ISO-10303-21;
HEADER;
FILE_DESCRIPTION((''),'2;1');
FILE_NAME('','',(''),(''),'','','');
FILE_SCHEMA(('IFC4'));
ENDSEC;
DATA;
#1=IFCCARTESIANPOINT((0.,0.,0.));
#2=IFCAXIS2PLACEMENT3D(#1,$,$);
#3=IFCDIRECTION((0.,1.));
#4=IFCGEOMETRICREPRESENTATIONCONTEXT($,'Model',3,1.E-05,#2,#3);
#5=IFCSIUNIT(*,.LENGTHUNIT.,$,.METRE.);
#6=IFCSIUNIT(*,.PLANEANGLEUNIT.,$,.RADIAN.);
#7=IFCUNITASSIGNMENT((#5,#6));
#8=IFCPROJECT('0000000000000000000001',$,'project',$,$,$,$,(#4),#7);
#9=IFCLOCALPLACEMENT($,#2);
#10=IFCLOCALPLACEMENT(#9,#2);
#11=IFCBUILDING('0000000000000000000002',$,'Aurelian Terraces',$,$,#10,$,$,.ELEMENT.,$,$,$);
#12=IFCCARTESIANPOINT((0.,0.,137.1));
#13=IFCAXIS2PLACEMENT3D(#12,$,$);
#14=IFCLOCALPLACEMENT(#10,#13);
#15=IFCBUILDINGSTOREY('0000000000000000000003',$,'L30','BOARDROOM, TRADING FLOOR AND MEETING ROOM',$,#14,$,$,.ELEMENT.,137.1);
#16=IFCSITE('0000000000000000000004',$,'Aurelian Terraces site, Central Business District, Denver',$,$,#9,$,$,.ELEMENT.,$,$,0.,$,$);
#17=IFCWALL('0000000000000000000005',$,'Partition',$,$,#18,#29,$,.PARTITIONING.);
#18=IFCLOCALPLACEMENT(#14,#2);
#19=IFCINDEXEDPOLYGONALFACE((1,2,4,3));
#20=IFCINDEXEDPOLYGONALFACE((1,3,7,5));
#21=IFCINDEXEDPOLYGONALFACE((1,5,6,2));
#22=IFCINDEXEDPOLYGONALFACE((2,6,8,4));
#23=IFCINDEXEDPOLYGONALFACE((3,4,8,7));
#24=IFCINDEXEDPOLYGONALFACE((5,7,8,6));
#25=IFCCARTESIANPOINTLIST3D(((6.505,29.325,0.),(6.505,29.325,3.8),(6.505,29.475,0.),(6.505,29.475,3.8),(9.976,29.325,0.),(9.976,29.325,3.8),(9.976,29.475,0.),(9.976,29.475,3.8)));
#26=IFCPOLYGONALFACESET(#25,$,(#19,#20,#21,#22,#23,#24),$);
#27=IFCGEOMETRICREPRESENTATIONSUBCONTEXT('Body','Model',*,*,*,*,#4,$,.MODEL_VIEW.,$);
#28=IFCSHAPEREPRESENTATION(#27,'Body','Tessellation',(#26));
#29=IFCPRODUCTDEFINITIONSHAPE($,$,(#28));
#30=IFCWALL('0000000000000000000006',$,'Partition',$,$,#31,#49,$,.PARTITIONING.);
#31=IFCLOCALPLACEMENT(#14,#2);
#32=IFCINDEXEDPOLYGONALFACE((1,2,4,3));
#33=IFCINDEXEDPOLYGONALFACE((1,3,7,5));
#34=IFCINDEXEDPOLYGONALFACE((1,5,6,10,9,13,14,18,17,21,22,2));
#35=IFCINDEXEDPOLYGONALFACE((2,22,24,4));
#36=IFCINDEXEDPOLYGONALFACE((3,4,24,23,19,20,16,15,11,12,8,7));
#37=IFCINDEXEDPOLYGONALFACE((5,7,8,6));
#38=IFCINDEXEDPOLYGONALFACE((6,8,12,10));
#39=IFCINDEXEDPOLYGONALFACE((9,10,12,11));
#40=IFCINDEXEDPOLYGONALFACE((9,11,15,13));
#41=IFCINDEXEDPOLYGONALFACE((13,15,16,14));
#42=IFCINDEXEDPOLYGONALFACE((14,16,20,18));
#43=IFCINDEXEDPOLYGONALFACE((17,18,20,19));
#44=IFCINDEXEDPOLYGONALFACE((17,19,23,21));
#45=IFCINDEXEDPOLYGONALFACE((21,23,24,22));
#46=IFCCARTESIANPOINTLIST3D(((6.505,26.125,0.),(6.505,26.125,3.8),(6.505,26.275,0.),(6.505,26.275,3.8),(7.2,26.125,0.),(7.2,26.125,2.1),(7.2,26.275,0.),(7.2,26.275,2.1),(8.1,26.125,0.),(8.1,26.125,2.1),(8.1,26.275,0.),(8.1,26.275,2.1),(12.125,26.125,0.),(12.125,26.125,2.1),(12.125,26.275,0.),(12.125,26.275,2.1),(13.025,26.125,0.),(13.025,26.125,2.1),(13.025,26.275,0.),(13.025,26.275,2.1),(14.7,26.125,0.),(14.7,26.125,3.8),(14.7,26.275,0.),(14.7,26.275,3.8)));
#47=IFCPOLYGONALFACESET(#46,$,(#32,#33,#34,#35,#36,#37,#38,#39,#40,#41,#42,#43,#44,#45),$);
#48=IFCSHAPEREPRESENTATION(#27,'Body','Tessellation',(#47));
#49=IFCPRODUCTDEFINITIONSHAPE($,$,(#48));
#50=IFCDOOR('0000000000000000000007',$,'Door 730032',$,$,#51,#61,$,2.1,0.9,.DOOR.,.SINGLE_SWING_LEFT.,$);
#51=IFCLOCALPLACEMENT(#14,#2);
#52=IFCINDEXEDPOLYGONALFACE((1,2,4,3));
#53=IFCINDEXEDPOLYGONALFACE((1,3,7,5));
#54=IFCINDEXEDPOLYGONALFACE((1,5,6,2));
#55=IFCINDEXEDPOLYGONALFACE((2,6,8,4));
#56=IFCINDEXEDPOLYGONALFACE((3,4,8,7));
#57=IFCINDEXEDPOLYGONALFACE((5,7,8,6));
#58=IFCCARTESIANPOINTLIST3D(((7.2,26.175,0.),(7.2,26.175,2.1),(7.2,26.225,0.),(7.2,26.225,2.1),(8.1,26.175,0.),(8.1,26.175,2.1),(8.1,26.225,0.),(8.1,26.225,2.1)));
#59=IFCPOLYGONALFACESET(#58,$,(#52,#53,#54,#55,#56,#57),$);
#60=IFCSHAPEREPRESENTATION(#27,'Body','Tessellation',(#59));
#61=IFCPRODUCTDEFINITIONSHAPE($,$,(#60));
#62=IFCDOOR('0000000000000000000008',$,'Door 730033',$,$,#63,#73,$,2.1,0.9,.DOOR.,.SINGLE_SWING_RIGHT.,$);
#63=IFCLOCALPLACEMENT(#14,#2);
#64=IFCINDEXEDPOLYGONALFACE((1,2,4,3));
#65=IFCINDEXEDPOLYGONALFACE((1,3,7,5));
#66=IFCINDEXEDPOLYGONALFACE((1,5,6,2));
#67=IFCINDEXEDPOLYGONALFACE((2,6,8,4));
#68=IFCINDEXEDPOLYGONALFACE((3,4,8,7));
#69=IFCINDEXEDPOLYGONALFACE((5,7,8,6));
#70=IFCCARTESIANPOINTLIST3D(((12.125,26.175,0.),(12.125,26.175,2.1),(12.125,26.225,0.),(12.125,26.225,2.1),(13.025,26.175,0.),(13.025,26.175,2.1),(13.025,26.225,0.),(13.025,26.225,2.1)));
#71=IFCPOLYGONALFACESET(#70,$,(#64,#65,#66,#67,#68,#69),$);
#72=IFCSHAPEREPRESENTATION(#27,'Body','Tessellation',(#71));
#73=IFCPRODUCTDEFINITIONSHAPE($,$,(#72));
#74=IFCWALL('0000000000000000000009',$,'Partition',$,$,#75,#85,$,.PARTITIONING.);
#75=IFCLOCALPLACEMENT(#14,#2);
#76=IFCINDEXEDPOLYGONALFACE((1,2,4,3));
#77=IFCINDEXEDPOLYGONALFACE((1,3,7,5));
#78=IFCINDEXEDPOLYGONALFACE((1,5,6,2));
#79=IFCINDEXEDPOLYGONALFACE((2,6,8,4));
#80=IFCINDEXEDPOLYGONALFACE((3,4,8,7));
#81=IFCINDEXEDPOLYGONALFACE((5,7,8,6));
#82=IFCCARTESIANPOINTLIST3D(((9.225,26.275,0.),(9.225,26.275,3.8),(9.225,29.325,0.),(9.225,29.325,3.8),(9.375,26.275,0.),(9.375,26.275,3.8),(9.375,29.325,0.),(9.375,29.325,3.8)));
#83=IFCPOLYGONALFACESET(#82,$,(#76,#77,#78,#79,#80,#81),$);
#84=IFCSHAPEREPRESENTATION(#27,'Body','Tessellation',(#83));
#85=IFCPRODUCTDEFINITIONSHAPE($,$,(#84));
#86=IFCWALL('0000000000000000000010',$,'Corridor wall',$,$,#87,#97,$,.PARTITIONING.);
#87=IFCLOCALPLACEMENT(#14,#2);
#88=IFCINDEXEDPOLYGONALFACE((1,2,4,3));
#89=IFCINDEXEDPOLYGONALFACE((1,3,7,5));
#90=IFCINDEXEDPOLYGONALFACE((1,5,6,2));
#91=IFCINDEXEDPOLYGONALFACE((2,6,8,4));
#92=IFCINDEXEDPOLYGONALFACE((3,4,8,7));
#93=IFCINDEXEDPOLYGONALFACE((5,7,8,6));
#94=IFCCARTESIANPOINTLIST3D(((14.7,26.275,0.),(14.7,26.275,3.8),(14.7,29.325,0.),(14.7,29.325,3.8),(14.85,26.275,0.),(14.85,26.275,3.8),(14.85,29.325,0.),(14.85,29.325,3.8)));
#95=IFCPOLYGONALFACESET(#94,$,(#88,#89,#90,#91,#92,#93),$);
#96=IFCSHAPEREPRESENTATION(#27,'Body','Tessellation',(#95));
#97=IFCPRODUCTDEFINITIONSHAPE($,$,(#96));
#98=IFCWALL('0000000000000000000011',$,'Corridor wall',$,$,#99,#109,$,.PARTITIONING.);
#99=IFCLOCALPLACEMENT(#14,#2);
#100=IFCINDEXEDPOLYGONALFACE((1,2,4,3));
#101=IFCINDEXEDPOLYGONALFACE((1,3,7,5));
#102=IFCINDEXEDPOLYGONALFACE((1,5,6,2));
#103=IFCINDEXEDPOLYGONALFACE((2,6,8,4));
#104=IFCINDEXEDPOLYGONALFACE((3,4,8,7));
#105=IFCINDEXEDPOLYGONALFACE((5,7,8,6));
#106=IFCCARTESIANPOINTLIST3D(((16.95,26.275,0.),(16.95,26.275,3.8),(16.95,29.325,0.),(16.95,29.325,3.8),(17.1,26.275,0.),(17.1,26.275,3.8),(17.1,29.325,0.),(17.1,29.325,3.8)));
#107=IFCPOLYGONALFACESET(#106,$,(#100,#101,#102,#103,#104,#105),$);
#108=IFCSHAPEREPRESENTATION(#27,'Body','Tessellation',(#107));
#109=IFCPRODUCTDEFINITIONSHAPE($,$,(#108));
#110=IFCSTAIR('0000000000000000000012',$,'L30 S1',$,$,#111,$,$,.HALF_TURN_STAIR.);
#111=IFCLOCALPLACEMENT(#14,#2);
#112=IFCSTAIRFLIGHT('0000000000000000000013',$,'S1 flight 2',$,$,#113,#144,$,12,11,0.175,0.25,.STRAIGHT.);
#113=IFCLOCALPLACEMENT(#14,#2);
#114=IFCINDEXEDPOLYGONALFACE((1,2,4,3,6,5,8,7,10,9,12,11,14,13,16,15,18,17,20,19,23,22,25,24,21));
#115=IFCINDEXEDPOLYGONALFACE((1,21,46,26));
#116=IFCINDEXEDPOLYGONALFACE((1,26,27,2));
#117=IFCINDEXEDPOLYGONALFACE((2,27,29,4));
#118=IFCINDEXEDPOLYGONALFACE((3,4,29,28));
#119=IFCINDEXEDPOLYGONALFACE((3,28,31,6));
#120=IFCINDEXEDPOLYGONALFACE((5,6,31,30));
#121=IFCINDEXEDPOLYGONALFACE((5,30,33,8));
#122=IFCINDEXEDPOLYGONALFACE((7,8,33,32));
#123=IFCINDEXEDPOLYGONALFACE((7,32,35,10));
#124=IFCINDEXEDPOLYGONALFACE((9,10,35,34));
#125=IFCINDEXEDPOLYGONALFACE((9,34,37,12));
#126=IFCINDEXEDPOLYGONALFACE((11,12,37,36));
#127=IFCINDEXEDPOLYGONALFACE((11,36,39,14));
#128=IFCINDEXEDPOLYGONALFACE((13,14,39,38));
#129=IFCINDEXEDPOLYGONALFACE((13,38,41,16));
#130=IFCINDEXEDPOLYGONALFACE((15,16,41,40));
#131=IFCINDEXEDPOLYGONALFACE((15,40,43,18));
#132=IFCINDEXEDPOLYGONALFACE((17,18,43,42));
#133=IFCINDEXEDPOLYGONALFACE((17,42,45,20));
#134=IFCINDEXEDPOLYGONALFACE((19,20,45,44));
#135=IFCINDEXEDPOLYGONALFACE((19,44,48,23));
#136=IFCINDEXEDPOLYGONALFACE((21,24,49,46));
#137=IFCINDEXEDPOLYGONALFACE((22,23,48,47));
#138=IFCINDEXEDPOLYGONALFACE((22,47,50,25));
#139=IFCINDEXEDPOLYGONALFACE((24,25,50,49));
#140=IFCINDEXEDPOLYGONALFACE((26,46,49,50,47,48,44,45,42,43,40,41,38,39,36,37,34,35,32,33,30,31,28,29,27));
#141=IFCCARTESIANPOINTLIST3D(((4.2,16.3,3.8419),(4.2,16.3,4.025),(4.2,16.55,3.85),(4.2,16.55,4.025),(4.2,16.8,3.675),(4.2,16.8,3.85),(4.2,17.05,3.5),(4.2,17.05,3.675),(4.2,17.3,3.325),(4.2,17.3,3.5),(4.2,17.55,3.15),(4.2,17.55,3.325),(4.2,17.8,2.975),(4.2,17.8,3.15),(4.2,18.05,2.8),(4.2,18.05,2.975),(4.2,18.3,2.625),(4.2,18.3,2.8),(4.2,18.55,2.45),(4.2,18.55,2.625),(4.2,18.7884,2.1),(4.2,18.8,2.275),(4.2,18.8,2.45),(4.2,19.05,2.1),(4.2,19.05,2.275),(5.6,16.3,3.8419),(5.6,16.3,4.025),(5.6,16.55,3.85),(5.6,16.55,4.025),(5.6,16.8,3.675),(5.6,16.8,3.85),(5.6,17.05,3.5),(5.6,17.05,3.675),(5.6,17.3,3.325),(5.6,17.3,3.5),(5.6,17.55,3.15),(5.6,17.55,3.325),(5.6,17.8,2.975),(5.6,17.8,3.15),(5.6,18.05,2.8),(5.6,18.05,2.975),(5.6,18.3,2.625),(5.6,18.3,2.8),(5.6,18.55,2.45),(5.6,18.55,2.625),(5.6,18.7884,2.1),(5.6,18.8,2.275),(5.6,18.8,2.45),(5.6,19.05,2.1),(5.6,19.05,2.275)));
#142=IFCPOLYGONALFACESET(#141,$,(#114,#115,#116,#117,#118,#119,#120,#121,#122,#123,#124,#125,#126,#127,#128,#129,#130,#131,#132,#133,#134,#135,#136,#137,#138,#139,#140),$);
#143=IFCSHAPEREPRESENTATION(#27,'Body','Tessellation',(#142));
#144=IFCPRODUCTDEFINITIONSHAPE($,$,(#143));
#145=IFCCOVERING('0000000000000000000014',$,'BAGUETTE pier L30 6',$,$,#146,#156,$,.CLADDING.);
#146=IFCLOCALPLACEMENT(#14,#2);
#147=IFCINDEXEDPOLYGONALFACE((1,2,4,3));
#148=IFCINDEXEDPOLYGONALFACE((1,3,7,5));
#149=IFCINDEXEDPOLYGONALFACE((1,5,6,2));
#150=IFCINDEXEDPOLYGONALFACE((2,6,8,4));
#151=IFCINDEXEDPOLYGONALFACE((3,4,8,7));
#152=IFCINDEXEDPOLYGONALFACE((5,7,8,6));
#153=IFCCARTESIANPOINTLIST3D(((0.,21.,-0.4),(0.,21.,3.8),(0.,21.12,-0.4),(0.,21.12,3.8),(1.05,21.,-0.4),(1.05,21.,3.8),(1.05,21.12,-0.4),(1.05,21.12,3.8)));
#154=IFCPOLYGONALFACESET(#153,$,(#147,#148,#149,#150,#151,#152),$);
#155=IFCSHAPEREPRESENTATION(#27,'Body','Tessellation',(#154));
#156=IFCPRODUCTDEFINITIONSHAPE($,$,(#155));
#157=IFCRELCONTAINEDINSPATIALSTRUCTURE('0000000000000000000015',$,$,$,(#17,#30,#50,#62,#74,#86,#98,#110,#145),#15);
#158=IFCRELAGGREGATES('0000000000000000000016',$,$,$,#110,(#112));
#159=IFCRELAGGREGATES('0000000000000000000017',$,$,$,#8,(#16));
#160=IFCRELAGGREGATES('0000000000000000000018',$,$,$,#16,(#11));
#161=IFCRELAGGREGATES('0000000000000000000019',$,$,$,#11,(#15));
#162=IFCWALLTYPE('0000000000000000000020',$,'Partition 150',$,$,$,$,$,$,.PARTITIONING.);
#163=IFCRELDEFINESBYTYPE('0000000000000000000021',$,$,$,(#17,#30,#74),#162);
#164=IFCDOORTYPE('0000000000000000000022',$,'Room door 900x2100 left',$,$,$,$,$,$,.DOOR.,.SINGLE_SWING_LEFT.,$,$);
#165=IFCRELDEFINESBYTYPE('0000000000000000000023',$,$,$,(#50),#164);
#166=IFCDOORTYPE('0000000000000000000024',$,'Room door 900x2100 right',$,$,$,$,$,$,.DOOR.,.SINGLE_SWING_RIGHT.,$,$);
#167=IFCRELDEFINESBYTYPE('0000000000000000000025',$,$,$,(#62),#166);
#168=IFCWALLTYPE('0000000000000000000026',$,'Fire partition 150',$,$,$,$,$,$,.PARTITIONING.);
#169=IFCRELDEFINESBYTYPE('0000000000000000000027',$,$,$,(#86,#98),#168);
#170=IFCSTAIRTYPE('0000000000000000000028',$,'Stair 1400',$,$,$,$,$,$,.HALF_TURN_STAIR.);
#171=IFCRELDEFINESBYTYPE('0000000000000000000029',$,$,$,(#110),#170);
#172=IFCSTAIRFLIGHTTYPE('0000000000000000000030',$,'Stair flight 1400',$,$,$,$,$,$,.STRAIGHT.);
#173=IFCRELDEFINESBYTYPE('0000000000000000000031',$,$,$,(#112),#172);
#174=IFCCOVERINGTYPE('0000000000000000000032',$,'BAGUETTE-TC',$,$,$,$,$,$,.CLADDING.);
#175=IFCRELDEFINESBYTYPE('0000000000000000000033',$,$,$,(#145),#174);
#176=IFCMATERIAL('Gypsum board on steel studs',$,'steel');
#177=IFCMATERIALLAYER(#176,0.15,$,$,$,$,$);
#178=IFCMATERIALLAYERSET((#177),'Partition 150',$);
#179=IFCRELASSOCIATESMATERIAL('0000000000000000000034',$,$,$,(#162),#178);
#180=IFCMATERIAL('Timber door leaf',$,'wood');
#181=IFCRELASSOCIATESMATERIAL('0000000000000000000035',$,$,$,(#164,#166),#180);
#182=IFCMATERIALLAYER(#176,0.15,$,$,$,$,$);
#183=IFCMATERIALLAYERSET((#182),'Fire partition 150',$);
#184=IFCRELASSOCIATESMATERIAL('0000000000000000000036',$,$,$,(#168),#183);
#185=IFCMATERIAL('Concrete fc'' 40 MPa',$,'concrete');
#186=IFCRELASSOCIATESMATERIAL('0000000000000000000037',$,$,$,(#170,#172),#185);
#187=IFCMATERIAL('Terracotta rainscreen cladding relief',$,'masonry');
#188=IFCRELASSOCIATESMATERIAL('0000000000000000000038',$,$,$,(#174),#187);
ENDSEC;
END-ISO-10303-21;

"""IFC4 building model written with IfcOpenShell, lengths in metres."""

from ifc_helpers import new_model, si_unit, direction, frame, frame_2d, origin, origin_2d, place, context, subcontext, project, spatial, polyline, rectangle, outline, extrude, source, transform, mapped, material, layer, layer_set, type_object, element, fill, aggregate, save


model = new_model("IFC4")

# Units and contexts
model_context = context("Model", 3, precision=1e-05, world=origin(), true_north=direction((0.0, 1.0)))
body_context = subcontext(model_context, "Body", "Model", "MODEL_VIEW")
ifc_project = project(units=[si_unit("LENGTHUNIT", "METRE"), si_unit("PLANEANGLEUNIT", "RADIAN")], contexts=[model_context])

# Site, building, storey
site_placement = place(None, origin())
site = spatial("IfcSite", under=ifc_project, at=site_placement, Name="Aurelian Terraces site, Central Business District, Denver", CompositionType="ELEMENT", RefElevation=0.0)
building_placement = place(site_placement, origin())
building = spatial("IfcBuilding", under=site, at=building_placement, Name="Aurelian Terraces", CompositionType="ELEMENT")
storey_placement = place(building_placement, frame((0.0, 0.0, 137.1)))
storey = spatial("IfcBuildingStorey", under=building, at=storey_placement, Name="L30", Description="BOARDROOM, TRADING FLOOR AND MEETING ROOM", CompositionType="ELEMENT", Elevation=137.1)

# Shared definitions
ifc_material_1 = material(Name="Gypsum board on steel studs", Category="steel")
shared_shape_1 = source(origin(), body_context, "Body", "SweptSolid", [
    extrude(rectangle(XDim=0.9, YDim=2.1, at=frame_2d((0.45, 1.05))), frame((0.0, 0.025, 0.0), z_axis=(0.0, -1.0, 0.0), x_axis=(1.0, 0.0, 0.0)), (0.0, 0.0, 1.0), 0.05),
])

# Shared definitions
ifc_layer_1 = layer(ifc_material_1, 0.15)
ifc_layer_set_1 = layer_set([ifc_layer_1], Name="Partition 150")
wall_type_1 = type_object("IfcWallType", Name="Partition 150", PredefinedType="PARTITIONING", material=ifc_layer_set_1)
shared_shape_2 = source(origin(), body_context, "Body", "SweptSolid", [
    extrude(rectangle(XDim=0.9, YDim=2.1, at=frame_2d((0.45, 1.05))), frame((0.0, 0.085, 0.0), z_axis=(0.0, -1.0, 0.0), x_axis=(1.0, 0.0, 0.0)), (0.0, 0.0, 1.0), 0.17),
])
ifc_material_2 = material(Name="Timber door leaf", Category="wood")
door_type_1 = type_object("IfcDoorType", Name="Room door 900x2100 left", OperationType="SINGLE_SWING_LEFT", PredefinedType="DOOR", material=ifc_material_2)

# Wall
shared_shape_3 = source(origin(), body_context, "Body", "SweptSolid", [
    extrude(rectangle(XDim=3.471, YDim=0.15, at=frame_2d((1.7355, 0.0))), origin(), (0.0, 0.0, 1.0), 3.8),
])
wall_1_placement = place(storey_placement, frame((9.976, 29.4, 0.0), z_axis=(0.0, 0.0, 1.0), x_axis=(-1.0, 0.0, 0.0)))
element("IfcWall", 1, at=wall_1_placement, inside=storey, type_object=wall_type_1, Name="Partition", PredefinedType="PARTITIONING", context=body_context, shape_type="MappedRepresentation", body=[
    mapped(shared_shape_3, transform((0.0, 0.0, 0.0), scale=1.0)),
])

# Wall, openings, doors
shared_shape_4 = source(origin(), body_context, "Body", "SweptSolid", [
    extrude(rectangle(XDim=8.195, YDim=0.15, at=frame_2d((4.0975, 0.0))), origin(), (0.0, 0.0, 1.0), 3.8),
])
wall_2_placement = place(storey_placement, frame((6.505, 26.2, 0.0), z_axis=(0.0, 0.0, 1.0), x_axis=(1.0, 0.0, 0.0)))
wall_2 = element("IfcWall", 2, at=wall_2_placement, inside=storey, type_object=wall_type_1, Name="Partition", PredefinedType="PARTITIONING", context=body_context, shape_type="MappedRepresentation", body=[
    mapped(shared_shape_4, transform((0.0, 0.0, 0.0), scale=1.0)),
])
opening_1_placement = place(wall_2_placement, frame((0.695, 0.0, 0.0)))
opening_1 = element("IfcOpeningElement", 3, at=opening_1_placement, cuts=wall_2, PredefinedType="OPENING", context=body_context, shape_type="MappedRepresentation", body=[
    mapped(shared_shape_2, transform((0.0, 0.0, 0.0), scale=1.0)),
])
opening_2_placement = place(wall_2_placement, frame((5.62, 0.0, 0.0)))
opening_2 = element("IfcOpeningElement", 4, at=opening_2_placement, cuts=wall_2, PredefinedType="OPENING", context=body_context, shape_type="MappedRepresentation", body=[
    mapped(shared_shape_2, transform((0.0, 0.0, 0.0), scale=1.0)),
])
door_1_placement = place(opening_1_placement, origin())
door_1 = element("IfcDoor", 5, at=door_1_placement, inside=storey, type_object=door_type_1, Name="Door 730032", OperationType="SINGLE_SWING_LEFT", OverallHeight=2.1, OverallWidth=0.9, PredefinedType="DOOR", context=body_context, shape_type="MappedRepresentation", body=[
    mapped(shared_shape_1, transform((0.0, 0.0, 0.0), scale=1.0)),
])
fill(opening_1, door_1)
door_type_2 = type_object("IfcDoorType", Name="Room door 900x2100 right", OperationType="SINGLE_SWING_RIGHT", PredefinedType="DOOR", material=ifc_material_2)
door_2_placement = place(opening_2_placement, origin())
door_2 = element("IfcDoor", 6, at=door_2_placement, inside=storey, type_object=door_type_2, Name="Door 730033", OperationType="SINGLE_SWING_RIGHT", OverallHeight=2.1, OverallWidth=0.9, PredefinedType="DOOR", context=body_context, shape_type="MappedRepresentation", body=[
    mapped(shared_shape_1, transform((0.0, 0.0, 0.0), scale=1.0)),
])
fill(opening_2, door_2)

# Walls
shared_shape_5 = source(origin(), body_context, "Body", "SweptSolid", [
    extrude(rectangle(XDim=3.05, YDim=0.15, at=frame_2d((1.525, 0.0))), origin(), (0.0, 0.0, 1.0), 3.8),
])
wall_3_placement = place(storey_placement, frame((9.3, 26.275, 0.0), z_axis=(0.0, 0.0, 1.0), x_axis=(0.0, 1.0, 0.0)))
element("IfcWall", 7, at=wall_3_placement, inside=storey, type_object=wall_type_1, Name="Partition", PredefinedType="PARTITIONING", context=body_context, shape_type="MappedRepresentation", body=[
    mapped(shared_shape_5, transform((0.0, 0.0, 0.0), scale=1.0)),
])
ifc_layer_2 = layer(ifc_material_1, 0.15)
ifc_layer_set_2 = layer_set([ifc_layer_2], Name="Fire partition 150")
wall_type_2 = type_object("IfcWallType", Name="Fire partition 150", PredefinedType="PARTITIONING", material=ifc_layer_set_2)
for number, where, z_axis, x_axis, name in (
    (8, (14.775, 26.275, 0.0), (0.0, 0.0, 1.0), (0.0, 1.0, 0.0), "Corridor wall"),
    (9, (17.025, 29.325, 0.0), (0.0, 0.0, 1.0), (0.0, -1.0, 0.0), "Corridor wall"),
):
    element("IfcWall", number, at=place(storey_placement, frame(where, z_axis=z_axis, x_axis=x_axis)), inside=storey, type_object=wall_type_2, Name=name, PredefinedType="PARTITIONING", context=body_context, shape_type="MappedRepresentation", body=[
        mapped(shared_shape_5, transform((0.0, 0.0, 0.0), scale=1.0)),
    ])

# Stair, stair flight
ifc_material_3 = material(Name="Concrete fc' 40 MPa", Category="concrete")
stair_type = type_object("IfcStairType", Name="Stair 1400", PredefinedType="HALF_TURN_STAIR", material=ifc_material_3)
stair_placement = place(storey_placement, origin())
stair = element("IfcStair", 10, at=stair_placement, inside=storey, type_object=stair_type, Name="L30 S1", PredefinedType="HALF_TURN_STAIR")
stair_flight_type = type_object("IfcStairFlightType", Name="Stair flight 1400", PredefinedType="STRAIGHT", material=ifc_material_3)
shared_shape_6 = source(origin(), body_context, "Body", "SweptSolid", [
    extrude(outline(polyline([(0.0, 0.0), (0.0, 0.175), (0.25, 0.175), (0.25, 0.35), (0.5, 0.35), (0.5, 0.525), (0.75, 0.525), (0.75, 0.7), (1.0, 0.7), (1.0, 0.875), (1.25, 0.875), (1.25, 1.05), (1.5, 1.05), (1.5, 1.225), (1.75, 1.225), (1.75, 1.4), (2.0, 1.4), (2.0, 1.575), (2.25, 1.575), (2.25, 1.75), (2.5, 1.75), (2.5, 1.925), (2.75, 1.925), (2.75, 2.1), (2.75, 1.7419), (0.2616, 0.0), (0.0, 0.0)])), frame((0.0, 0.7, 0.0), z_axis=(0.0, -1.0, 0.0), x_axis=(1.0, 0.0, 0.0)), (0.0, 0.0, 1.0), 1.4),
])
stair_flight_placement = place(storey_placement, frame((4.9, 19.05, 2.1), z_axis=(0.0, 0.0, 1.0), x_axis=(0.0, -1.0, 0.0)))
stair_flight = element("IfcStairFlight", 11, at=stair_flight_placement, type_object=stair_flight_type, Name="S1 flight 2", NumberOfRisers=12, NumberOfTreads=11, PredefinedType="STRAIGHT", RiserHeight=0.175, TreadLength=0.25, context=body_context, shape_type="MappedRepresentation", body=[
    mapped(shared_shape_6, transform((0.0, 0.0, 0.0), scale=1.0)),
])
aggregate(stair, [stair_flight])

# Covering
ifc_material_4 = material(Name="Terracotta rainscreen cladding relief", Category="masonry")
covering_type = type_object("IfcCoveringType", Name="BAGUETTE-TC", PredefinedType="CLADDING", material=ifc_material_4)
shared_shape_7 = source(origin(), body_context, "Body", "SweptSolid", [
    extrude(rectangle(XDim=1.05, YDim=0.12, at=origin_2d()), origin(), (0.0, 0.0, 1.0), 4.2),
])
covering_placement = place(storey_placement, frame((0.525, 21.06, -0.4), z_axis=(0.0, 0.0, 1.0), x_axis=(1.0, 0.0, 0.0)))
element("IfcCovering", 12, at=covering_placement, inside=storey, type_object=covering_type, Name="BAGUETTE pier L30 6", PredefinedType="CLADDING", context=body_context, shape_type="MappedRepresentation", body=[
    mapped(shared_shape_7, transform((0.0, 0.0, 0.0), scale=1.0)),
])

save(model, "model.ifc")
